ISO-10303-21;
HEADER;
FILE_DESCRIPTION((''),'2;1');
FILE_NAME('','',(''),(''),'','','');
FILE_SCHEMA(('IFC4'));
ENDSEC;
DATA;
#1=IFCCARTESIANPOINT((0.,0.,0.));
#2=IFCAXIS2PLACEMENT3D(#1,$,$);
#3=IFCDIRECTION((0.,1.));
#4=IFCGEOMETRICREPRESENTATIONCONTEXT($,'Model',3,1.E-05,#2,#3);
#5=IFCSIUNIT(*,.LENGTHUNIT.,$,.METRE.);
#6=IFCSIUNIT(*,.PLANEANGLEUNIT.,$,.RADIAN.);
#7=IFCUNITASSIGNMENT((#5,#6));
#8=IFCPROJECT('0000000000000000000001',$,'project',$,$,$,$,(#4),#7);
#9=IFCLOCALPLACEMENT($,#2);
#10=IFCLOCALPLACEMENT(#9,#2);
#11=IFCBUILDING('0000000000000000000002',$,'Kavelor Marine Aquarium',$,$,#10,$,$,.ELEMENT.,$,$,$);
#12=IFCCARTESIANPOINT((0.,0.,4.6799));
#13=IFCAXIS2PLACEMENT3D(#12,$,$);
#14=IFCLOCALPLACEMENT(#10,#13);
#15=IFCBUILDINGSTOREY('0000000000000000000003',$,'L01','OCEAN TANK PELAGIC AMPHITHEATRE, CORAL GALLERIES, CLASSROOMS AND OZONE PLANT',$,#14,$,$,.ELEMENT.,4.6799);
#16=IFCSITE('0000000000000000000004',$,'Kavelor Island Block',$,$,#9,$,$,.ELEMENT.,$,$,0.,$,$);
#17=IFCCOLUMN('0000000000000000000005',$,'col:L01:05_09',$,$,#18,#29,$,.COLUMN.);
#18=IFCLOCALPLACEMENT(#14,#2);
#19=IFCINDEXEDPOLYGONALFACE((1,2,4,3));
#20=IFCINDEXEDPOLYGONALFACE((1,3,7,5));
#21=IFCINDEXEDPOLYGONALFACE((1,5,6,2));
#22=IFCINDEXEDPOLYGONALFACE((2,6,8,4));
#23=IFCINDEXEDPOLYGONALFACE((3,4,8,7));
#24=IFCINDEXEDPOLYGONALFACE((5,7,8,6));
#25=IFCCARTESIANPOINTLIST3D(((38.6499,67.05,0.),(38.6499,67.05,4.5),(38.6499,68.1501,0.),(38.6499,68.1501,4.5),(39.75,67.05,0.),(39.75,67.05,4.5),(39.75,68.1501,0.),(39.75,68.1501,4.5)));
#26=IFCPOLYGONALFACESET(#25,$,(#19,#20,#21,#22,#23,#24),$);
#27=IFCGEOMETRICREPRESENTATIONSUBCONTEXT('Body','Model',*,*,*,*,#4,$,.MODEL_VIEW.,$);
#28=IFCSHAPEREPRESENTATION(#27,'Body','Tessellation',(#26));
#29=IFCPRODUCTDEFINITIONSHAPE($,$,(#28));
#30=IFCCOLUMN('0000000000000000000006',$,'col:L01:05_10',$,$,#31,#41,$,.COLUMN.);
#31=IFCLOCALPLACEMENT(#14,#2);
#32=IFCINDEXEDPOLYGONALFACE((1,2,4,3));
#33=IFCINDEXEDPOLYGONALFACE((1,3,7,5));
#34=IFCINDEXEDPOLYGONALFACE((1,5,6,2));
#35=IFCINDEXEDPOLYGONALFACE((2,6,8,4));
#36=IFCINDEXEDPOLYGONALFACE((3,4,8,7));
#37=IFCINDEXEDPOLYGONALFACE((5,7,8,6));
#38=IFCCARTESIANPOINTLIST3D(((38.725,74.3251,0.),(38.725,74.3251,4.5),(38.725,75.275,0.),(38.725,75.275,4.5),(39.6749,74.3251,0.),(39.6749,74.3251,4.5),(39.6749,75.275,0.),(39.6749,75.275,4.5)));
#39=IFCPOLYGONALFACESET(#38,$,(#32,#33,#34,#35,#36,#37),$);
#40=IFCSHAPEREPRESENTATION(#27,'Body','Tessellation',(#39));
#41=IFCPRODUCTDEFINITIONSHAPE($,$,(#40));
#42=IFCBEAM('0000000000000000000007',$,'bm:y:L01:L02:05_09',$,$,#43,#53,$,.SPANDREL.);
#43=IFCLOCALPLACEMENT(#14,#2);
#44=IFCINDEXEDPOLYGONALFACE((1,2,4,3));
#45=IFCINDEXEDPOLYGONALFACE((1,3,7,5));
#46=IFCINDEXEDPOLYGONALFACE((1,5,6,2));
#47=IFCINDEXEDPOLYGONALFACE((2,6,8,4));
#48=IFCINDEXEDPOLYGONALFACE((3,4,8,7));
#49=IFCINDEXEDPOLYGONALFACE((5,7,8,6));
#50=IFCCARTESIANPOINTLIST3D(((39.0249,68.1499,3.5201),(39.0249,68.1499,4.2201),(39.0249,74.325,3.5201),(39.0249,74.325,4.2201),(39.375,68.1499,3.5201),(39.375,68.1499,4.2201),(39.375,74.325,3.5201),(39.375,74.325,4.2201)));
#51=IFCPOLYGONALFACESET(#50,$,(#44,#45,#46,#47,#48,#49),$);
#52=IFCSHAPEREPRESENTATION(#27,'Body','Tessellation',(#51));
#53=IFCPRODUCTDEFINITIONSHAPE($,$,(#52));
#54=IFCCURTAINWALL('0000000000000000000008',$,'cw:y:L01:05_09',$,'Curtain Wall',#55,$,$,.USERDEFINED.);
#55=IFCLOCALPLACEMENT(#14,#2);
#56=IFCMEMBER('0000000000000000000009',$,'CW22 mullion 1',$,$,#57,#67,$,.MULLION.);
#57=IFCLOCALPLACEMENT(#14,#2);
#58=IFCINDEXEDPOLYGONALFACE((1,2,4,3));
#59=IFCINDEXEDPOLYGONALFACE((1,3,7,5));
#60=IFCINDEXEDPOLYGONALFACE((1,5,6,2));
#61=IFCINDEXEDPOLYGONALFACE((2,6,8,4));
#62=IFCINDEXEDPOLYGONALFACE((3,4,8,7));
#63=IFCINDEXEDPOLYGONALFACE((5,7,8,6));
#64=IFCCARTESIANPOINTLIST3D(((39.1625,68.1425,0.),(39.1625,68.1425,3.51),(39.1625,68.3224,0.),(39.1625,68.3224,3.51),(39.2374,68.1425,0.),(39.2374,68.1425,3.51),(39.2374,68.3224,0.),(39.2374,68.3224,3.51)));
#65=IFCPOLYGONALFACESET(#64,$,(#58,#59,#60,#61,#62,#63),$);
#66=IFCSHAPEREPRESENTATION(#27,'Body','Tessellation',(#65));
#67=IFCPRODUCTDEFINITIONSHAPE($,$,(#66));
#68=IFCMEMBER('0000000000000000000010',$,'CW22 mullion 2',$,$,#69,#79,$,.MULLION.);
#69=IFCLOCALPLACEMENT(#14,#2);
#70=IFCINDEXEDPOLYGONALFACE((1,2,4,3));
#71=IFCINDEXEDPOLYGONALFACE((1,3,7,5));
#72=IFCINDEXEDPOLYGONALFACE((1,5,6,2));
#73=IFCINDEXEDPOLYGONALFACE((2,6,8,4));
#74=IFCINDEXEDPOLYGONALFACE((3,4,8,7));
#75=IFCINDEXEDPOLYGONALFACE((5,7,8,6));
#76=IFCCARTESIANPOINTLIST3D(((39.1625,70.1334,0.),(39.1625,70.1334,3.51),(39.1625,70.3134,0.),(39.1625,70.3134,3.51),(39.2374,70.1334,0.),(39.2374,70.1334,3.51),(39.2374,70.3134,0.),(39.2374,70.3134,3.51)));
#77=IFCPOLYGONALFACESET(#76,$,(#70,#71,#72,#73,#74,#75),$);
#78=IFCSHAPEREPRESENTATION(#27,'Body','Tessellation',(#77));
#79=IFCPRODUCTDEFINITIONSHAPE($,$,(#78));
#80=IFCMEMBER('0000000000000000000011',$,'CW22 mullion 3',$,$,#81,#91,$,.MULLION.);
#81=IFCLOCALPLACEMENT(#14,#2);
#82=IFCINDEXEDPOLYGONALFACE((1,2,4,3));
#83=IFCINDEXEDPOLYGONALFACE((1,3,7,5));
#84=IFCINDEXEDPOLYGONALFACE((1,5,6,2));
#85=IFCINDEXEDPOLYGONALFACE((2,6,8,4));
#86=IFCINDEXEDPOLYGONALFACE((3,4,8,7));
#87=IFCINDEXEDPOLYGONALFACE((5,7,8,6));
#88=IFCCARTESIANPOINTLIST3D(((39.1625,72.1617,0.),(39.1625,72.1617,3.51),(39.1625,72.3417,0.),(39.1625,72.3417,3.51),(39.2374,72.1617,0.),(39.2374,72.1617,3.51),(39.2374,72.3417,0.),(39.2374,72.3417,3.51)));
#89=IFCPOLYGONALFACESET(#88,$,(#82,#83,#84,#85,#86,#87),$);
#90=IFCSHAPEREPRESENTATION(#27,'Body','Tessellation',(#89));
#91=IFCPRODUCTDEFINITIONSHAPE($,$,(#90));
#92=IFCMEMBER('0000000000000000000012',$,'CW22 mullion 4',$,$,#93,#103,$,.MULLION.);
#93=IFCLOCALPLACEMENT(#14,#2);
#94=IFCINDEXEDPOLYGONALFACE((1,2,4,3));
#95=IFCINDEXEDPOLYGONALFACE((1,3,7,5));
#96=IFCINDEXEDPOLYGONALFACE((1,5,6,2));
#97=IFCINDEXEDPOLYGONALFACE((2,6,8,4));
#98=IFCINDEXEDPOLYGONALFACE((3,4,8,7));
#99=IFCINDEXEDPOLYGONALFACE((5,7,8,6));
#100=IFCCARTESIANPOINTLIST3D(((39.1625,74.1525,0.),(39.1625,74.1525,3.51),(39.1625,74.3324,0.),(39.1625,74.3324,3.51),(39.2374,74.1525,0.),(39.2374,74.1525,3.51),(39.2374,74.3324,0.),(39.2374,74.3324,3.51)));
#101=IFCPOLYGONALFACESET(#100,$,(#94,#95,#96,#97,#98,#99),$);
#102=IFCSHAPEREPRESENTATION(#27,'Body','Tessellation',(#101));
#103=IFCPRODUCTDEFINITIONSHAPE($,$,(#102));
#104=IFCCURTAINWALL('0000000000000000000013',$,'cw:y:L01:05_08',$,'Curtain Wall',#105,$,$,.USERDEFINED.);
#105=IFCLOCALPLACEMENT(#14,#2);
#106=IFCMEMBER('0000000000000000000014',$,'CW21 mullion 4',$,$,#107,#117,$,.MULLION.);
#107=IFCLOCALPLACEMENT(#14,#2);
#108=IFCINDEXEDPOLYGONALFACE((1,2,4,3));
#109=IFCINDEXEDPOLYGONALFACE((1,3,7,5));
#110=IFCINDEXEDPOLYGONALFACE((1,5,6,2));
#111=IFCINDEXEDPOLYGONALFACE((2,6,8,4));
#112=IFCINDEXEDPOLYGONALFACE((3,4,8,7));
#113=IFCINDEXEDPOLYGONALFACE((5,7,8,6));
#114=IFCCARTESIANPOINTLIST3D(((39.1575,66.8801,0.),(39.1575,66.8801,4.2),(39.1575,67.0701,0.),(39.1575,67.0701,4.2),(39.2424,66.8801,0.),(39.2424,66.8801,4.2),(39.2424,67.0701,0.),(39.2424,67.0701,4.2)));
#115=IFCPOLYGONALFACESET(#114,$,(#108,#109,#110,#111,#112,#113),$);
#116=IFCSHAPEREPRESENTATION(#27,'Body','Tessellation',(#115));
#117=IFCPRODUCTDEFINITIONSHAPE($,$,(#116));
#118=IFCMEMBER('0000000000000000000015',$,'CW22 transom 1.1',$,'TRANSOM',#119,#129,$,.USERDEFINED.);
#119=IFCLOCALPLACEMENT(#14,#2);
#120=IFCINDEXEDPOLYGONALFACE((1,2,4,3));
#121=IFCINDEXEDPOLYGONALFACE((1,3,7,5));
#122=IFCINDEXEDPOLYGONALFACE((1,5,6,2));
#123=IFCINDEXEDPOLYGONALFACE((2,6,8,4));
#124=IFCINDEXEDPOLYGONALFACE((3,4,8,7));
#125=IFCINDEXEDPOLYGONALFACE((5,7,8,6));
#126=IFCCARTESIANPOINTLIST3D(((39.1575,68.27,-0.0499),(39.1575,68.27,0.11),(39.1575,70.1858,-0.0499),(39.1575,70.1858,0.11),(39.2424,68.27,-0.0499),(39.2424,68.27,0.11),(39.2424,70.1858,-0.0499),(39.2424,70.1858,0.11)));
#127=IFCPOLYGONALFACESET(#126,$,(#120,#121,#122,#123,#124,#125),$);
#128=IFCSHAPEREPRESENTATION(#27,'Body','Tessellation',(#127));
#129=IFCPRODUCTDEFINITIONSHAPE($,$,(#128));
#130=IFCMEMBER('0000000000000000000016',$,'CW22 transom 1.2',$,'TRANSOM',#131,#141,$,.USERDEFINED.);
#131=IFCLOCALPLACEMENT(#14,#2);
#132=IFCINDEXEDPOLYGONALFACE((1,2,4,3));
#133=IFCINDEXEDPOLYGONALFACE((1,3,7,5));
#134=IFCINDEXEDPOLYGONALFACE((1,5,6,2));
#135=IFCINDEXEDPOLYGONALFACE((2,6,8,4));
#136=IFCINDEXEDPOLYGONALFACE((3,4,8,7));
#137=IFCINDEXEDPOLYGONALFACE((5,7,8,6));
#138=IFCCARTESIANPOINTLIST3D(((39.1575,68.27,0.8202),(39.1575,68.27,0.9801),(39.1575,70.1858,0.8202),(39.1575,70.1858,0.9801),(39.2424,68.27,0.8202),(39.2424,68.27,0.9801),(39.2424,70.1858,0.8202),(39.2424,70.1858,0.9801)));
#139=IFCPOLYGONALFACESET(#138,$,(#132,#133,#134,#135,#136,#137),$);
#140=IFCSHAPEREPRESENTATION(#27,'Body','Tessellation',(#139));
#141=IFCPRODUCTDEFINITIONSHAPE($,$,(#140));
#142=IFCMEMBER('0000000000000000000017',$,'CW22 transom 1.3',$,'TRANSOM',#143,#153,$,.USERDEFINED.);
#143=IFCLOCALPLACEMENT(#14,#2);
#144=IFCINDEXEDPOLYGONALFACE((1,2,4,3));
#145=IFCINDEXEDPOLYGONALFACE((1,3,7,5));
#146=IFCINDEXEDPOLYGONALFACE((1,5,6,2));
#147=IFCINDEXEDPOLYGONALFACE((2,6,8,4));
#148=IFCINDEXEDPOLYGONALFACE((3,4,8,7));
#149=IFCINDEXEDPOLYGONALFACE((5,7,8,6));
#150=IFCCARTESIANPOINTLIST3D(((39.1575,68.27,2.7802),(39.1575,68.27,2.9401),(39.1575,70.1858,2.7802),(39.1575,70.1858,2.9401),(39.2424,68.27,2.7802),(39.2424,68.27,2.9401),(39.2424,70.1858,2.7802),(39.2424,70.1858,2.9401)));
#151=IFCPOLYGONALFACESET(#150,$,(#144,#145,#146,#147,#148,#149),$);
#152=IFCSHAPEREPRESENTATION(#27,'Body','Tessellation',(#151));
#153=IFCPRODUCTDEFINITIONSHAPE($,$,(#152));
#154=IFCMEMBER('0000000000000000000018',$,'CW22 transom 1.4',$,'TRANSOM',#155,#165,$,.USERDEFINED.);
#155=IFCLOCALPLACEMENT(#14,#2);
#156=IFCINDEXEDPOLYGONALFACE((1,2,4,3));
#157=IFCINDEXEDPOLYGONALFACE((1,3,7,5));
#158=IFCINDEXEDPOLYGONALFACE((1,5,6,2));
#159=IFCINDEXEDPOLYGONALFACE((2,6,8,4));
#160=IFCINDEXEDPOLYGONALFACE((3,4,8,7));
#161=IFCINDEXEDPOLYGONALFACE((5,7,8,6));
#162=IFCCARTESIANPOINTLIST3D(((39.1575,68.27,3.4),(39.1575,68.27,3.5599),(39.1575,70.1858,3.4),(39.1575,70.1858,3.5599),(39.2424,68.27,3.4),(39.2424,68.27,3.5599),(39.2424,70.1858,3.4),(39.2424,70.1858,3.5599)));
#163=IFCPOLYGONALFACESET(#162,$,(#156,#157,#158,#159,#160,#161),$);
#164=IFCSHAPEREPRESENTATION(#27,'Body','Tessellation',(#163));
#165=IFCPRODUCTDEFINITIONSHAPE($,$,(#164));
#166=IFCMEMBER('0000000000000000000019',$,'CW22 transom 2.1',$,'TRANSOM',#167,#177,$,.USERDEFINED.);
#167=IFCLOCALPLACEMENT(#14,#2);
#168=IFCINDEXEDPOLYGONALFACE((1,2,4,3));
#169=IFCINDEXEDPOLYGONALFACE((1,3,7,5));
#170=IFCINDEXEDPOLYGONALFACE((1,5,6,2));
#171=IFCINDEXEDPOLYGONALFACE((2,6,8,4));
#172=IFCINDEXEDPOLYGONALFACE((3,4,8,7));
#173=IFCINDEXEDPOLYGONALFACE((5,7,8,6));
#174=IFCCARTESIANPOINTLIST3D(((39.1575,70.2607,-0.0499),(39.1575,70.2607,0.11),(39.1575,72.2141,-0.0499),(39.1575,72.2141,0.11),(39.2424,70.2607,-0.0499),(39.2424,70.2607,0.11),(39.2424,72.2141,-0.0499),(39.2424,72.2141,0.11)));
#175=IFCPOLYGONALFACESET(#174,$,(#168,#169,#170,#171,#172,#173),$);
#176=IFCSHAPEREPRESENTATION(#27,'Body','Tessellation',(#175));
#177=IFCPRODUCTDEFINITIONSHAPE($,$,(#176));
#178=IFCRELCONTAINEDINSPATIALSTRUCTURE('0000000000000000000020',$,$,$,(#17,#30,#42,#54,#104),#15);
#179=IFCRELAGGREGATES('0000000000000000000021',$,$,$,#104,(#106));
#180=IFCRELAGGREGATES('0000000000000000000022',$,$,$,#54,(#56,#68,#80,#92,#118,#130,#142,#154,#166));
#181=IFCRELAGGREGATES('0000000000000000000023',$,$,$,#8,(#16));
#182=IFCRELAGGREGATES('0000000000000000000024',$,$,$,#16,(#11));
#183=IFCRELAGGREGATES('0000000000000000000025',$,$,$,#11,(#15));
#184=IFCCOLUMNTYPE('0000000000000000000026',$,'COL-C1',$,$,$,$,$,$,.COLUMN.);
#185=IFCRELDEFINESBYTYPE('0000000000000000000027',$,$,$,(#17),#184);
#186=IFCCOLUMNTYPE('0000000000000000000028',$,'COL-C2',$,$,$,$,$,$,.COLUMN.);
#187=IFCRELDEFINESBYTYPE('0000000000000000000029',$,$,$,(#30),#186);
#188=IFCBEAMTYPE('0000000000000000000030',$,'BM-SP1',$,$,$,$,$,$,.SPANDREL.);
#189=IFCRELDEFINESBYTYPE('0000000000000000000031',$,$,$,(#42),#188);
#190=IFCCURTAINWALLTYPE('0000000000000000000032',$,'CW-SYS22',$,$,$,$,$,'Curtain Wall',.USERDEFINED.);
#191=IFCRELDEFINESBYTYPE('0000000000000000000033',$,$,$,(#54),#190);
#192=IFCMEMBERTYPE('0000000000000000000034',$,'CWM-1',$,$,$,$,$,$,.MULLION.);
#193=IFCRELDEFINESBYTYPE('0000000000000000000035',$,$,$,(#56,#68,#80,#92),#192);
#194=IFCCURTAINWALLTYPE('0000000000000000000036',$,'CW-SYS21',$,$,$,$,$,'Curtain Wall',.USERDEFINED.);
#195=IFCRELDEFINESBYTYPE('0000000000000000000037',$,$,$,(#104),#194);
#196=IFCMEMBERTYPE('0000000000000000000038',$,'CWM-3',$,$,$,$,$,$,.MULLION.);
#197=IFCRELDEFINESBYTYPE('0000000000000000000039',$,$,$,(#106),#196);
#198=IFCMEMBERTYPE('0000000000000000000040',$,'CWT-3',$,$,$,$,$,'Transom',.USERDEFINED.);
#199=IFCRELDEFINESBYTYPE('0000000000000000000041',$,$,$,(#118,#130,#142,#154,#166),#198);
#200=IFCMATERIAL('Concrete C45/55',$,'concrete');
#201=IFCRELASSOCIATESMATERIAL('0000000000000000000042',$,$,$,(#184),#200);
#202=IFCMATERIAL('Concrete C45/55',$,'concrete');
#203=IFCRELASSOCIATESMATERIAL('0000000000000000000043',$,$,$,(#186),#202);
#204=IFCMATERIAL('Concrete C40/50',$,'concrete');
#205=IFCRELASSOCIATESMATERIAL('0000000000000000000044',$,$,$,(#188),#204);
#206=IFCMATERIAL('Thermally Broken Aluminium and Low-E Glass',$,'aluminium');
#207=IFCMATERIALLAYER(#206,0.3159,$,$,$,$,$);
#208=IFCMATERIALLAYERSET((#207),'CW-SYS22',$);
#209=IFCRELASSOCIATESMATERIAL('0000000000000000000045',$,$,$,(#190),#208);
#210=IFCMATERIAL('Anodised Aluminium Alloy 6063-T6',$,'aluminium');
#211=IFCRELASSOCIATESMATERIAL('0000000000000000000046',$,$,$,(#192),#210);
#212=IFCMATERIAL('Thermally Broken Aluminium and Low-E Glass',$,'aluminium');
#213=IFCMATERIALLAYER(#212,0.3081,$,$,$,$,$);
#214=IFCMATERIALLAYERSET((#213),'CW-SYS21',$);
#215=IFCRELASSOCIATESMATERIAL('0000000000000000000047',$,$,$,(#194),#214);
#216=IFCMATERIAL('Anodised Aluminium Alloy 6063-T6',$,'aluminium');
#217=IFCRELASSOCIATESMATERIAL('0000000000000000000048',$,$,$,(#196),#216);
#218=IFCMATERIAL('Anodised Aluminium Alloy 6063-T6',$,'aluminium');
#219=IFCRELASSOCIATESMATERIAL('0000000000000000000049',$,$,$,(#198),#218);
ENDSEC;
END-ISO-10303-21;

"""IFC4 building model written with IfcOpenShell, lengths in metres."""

from ifc_helpers import new_model, si_unit, direction, frame, origin, origin_2d, place, context, subcontext, project, spatial, rectangle, extrude, material, layer, layer_set, material_profile, profile_set, type_object, element, aggregate, save


model = new_model("IFC4")

# Units and contexts
model_context = context("Model", 3, precision=1e-05, world=origin(), true_north=direction((0.0, 1.0)))
body_context = subcontext(model_context, "Body", "Model", "MODEL_VIEW")
ifc_project = project(units=[si_unit("LENGTHUNIT", "METRE"), si_unit("PLANEANGLEUNIT", "RADIAN")], contexts=[model_context])

# Site, building, storey
site_placement = place(None, origin())
site = spatial("IfcSite", under=ifc_project, at=site_placement, Name="Kavelor Island Block", CompositionType="ELEMENT", RefElevation=0.0)
building_placement = place(site_placement, origin())
building = spatial("IfcBuilding", under=site, at=building_placement, Name="Kavelor Marine Aquarium", CompositionType="ELEMENT")
storey_placement = place(building_placement, frame((0.0, 0.0, 4.6799)))
storey = spatial("IfcBuildingStorey", under=building, at=storey_placement, Name="L01", Description="OCEAN TANK PELAGIC AMPHITHEATRE, CORAL GALLERIES, CLASSROOMS AND OZONE PLANT", CompositionType="ELEMENT", Elevation=4.6799)

# Columns
ifc_material_1 = material(Name="Concrete C45/55", Category="concrete")
ifc_material_profile_1 = material_profile(ifc_material_1, rectangle(XDim=1.1001, YDim=1.1001, at=origin_2d()), Name="RC-COL 1100x1100")
ifc_profile_set_1 = profile_set([ifc_material_profile_1], Name="Concrete C45/55")
column_type_1 = type_object("IfcColumnType", Name="COL-C1", PredefinedType="COLUMN", material=ifc_profile_set_1)
column_1_placement = place(storey_placement, frame((39.2, 67.6001, 0.0), z_axis=(0.0, 0.0, 1.0), x_axis=(1.0, 0.0, 0.0)))
element("IfcColumn", 1, at=column_1_placement, inside=storey, type_object=column_type_1, Name="col:L01:05_09", PredefinedType="COLUMN", context=body_context, shape_type="SweptSolid", body=[
    extrude(rectangle(XDim=1.1001, YDim=1.1001, at=origin_2d()), origin(), (0.0, 0.0, 1.0), 4.5),
])
ifc_material_2 = material(Name="Concrete C45/55", Category="concrete")
ifc_material_profile_2 = material_profile(ifc_material_2, rectangle(XDim=0.95, YDim=0.95, at=origin_2d()), Name="RC-COL 950x950")
ifc_profile_set_2 = profile_set([ifc_material_profile_2], Name="Concrete C45/55")
column_type_2 = type_object("IfcColumnType", Name="COL-C2", PredefinedType="COLUMN", material=ifc_profile_set_2)
column_2_placement = place(storey_placement, frame((39.2, 74.8, 0.0), z_axis=(0.0, 0.0, 1.0), x_axis=(1.0, 0.0, 0.0)))
element("IfcColumn", 2, at=column_2_placement, inside=storey, type_object=column_type_2, Name="col:L01:05_10", PredefinedType="COLUMN", context=body_context, shape_type="SweptSolid", body=[
    extrude(rectangle(XDim=0.95, YDim=0.95, at=origin_2d()), origin(), (0.0, 0.0, 1.0), 4.5),
])

# Beam
ifc_material_3 = material(Name="Concrete C40/50", Category="concrete")
ifc_material_profile_3 = material_profile(ifc_material_3, rectangle(XDim=0.3501, YDim=0.7, at=origin_2d()), Name="RC-SP 350x700")
ifc_profile_set_3 = profile_set([ifc_material_profile_3], Name="Concrete C40/50")
beam_type = type_object("IfcBeamType", Name="BM-SP1", PredefinedType="SPANDREL", material=ifc_profile_set_3)
beam_placement = place(storey_placement, frame((39.2, 68.1499, 3.8701), z_axis=(0.0, 1.0, 0.0), x_axis=(-1.0, 0.0, 0.0)))
element("IfcBeam", 3, at=beam_placement, inside=storey, type_object=beam_type, Name="bm:y:L01:L02:05_09", PredefinedType="SPANDREL", context=body_context, shape_type="SweptSolid", body=[
    extrude(rectangle(XDim=0.3501, YDim=0.7, at=origin_2d()), origin(), (0.0, 0.0, 1.0), 6.175),
])

# Curtain wall, members
ifc_material_4 = material(Name="Thermally Broken Aluminium and Low-E Glass", Category="aluminium")
ifc_layer_1 = layer(ifc_material_4, 0.3159)
ifc_layer_set_1 = layer_set([ifc_layer_1], Name="CW-SYS22")
curtain_wall_type_1 = type_object("IfcCurtainWallType", Name="CW-SYS22", ElementType="Curtain Wall", PredefinedType="USERDEFINED", material=ifc_layer_set_1)
curtain_wall_1_placement = place(storey_placement, origin())
curtain_wall_1 = element("IfcCurtainWall", 4, at=curtain_wall_1_placement, inside=storey, type_object=curtain_wall_type_1, Name="cw:y:L01:05_09", ObjectType="Curtain Wall", PredefinedType="USERDEFINED")
ifc_material_5 = material(Name="Anodised Aluminium Alloy 6063-T6", Category="aluminium")
ifc_material_profile_4 = material_profile(ifc_material_5, rectangle(XDim=0.075, YDim=0.1799, at=origin_2d()), Name="CW-MUL 75x180")
ifc_profile_set_4 = profile_set([ifc_material_profile_4], Name="Anodised Aluminium Alloy 6063-T6")
member_type_1 = type_object("IfcMemberType", Name="CWM-1", PredefinedType="MULLION", material=ifc_profile_set_4)
member_1_placement = place(storey_placement, frame((39.2, 68.2324, 0.0), z_axis=(0.0, 0.0, 1.0), x_axis=(-1.0, 0.0, 0.0)))
member_1 = element("IfcMember", 5, at=member_1_placement, type_object=member_type_1, Name="CW22 mullion 1", PredefinedType="MULLION", context=body_context, shape_type="SweptSolid", body=[
    extrude(rectangle(XDim=0.075, YDim=0.1799, at=origin_2d()), origin(), (0.0, 0.0, 1.0), 3.51),
])
member_2_placement = place(storey_placement, frame((39.2, 70.2234, 0.0), z_axis=(0.0, 0.0, 1.0), x_axis=(-1.0, 0.0, 0.0)))
member_2 = element("IfcMember", 6, at=member_2_placement, type_object=member_type_1, Name="CW22 mullion 2", PredefinedType="MULLION", context=body_context, shape_type="SweptSolid", body=[
    extrude(rectangle(XDim=0.075, YDim=0.1799, at=origin_2d()), origin(), (0.0, 0.0, 1.0), 3.51),
])
member_3_placement = place(storey_placement, frame((39.2, 72.2517, 0.0), z_axis=(0.0, 0.0, 1.0), x_axis=(-1.0, 0.0, 0.0)))
member_3 = element("IfcMember", 7, at=member_3_placement, type_object=member_type_1, Name="CW22 mullion 3", PredefinedType="MULLION", context=body_context, shape_type="SweptSolid", body=[
    extrude(rectangle(XDim=0.075, YDim=0.1799, at=origin_2d()), origin(), (0.0, 0.0, 1.0), 3.51),
])
member_4_placement = place(storey_placement, frame((39.2, 74.2424, 0.0), z_axis=(0.0, 0.0, 1.0), x_axis=(-1.0, 0.0, 0.0)))
member_4 = element("IfcMember", 8, at=member_4_placement, type_object=member_type_1, Name="CW22 mullion 4", PredefinedType="MULLION", context=body_context, shape_type="SweptSolid", body=[
    extrude(rectangle(XDim=0.075, YDim=0.1799, at=origin_2d()), origin(), (0.0, 0.0, 1.0), 3.51),
])

# Curtain wall, member
ifc_material_6 = material(Name="Thermally Broken Aluminium and Low-E Glass", Category="aluminium")
ifc_layer_2 = layer(ifc_material_6, 0.3081)
ifc_layer_set_2 = layer_set([ifc_layer_2], Name="CW-SYS21")
curtain_wall_type_2 = type_object("IfcCurtainWallType", Name="CW-SYS21", ElementType="Curtain Wall", PredefinedType="USERDEFINED", material=ifc_layer_set_2)
curtain_wall_2_placement = place(storey_placement, origin())
curtain_wall_2 = element("IfcCurtainWall", 9, at=curtain_wall_2_placement, inside=storey, type_object=curtain_wall_type_2, Name="cw:y:L01:05_08", ObjectType="Curtain Wall", PredefinedType="USERDEFINED")
ifc_material_7 = material(Name="Anodised Aluminium Alloy 6063-T6", Category="aluminium")
ifc_material_profile_5 = material_profile(ifc_material_7, rectangle(XDim=0.085, YDim=0.1899, at=origin_2d()), Name="CW-MUL 85x190")
ifc_profile_set_5 = profile_set([ifc_material_profile_5], Name="Anodised Aluminium Alloy 6063-T6")
member_type_2 = type_object("IfcMemberType", Name="CWM-3", PredefinedType="MULLION", material=ifc_profile_set_5)
member_5_placement = place(storey_placement, frame((39.2, 66.9751, 0.0), z_axis=(0.0, 0.0, 1.0), x_axis=(-1.0, 0.0, 0.0)))
member_5 = element("IfcMember", 10, at=member_5_placement, type_object=member_type_2, Name="CW21 mullion 4", PredefinedType="MULLION", context=body_context, shape_type="SweptSolid", body=[
    extrude(rectangle(XDim=0.085, YDim=0.1899, at=origin_2d()), origin(), (0.0, 0.0, 1.0), 4.2),
])
aggregate(curtain_wall_2, [member_5])

# Members
ifc_material_8 = material(Name="Anodised Aluminium Alloy 6063-T6", Category="aluminium")
ifc_material_profile_6 = material_profile(ifc_material_8, rectangle(XDim=0.085, YDim=0.1599, at=origin_2d()), Name="CW-TRN 85x160")
ifc_profile_set_6 = profile_set([ifc_material_profile_6], Name="Anodised Aluminium Alloy 6063-T6")
member_type_3 = type_object("IfcMemberType", Name="CWT-3", ElementType="Transom", PredefinedType="USERDEFINED", material=ifc_profile_set_6)
member_6_placement = place(storey_placement, frame((39.2, 68.27, 0.03), z_axis=(0.0, 1.0, 0.0), x_axis=(-1.0, 0.0, 0.0)))
member_6 = element("IfcMember", 11, at=member_6_placement, type_object=member_type_3, Name="CW22 transom 1.1", ObjectType="TRANSOM", PredefinedType="USERDEFINED", context=body_context, shape_type="SweptSolid", body=[
    extrude(rectangle(XDim=0.085, YDim=0.1599, at=origin_2d()), origin(), (0.0, 0.0, 1.0), 1.9158),
])
member_7_placement = place(storey_placement, frame((39.2, 68.27, 0.9001), z_axis=(0.0, 1.0, 0.0), x_axis=(-1.0, 0.0, 0.0)))
member_7 = element("IfcMember", 12, at=member_7_placement, type_object=member_type_3, Name="CW22 transom 1.2", ObjectType="TRANSOM", PredefinedType="USERDEFINED", context=body_context, shape_type="SweptSolid", body=[
    extrude(rectangle(XDim=0.085, YDim=0.1599, at=origin_2d()), origin(), (0.0, 0.0, 1.0), 1.9158),
])
member_8_placement = place(storey_placement, frame((39.2, 68.27, 2.8601), z_axis=(0.0, 1.0, 0.0), x_axis=(-1.0, 0.0, 0.0)))
member_8 = element("IfcMember", 13, at=member_8_placement, type_object=member_type_3, Name="CW22 transom 1.3", ObjectType="TRANSOM", PredefinedType="USERDEFINED", context=body_context, shape_type="SweptSolid", body=[
    extrude(rectangle(XDim=0.085, YDim=0.1599, at=origin_2d()), origin(), (0.0, 0.0, 1.0), 1.9158),
])
member_9_placement = place(storey_placement, frame((39.2, 68.27, 3.48), z_axis=(0.0, 1.0, 0.0), x_axis=(-1.0, 0.0, 0.0)))
member_9 = element("IfcMember", 14, at=member_9_placement, type_object=member_type_3, Name="CW22 transom 1.4", ObjectType="TRANSOM", PredefinedType="USERDEFINED", context=body_context, shape_type="SweptSolid", body=[
    extrude(rectangle(XDim=0.085, YDim=0.1599, at=origin_2d()), origin(), (0.0, 0.0, 1.0), 1.9158),
])
member_10_placement = place(storey_placement, frame((39.2, 70.2607, 0.03), z_axis=(0.0, 1.0, 0.0), x_axis=(-1.0, 0.0, 0.0)))
member_10 = element("IfcMember", 15, at=member_10_placement, type_object=member_type_3, Name="CW22 transom 2.1", ObjectType="TRANSOM", PredefinedType="USERDEFINED", context=body_context, shape_type="SweptSolid", body=[
    extrude(rectangle(XDim=0.085, YDim=0.1599, at=origin_2d()), origin(), (0.0, 0.0, 1.0), 1.9534),
])

aggregate(curtain_wall_1, [member_1, member_2, member_3, member_4, member_6, member_7, member_8, member_9, member_10])

save(model, "model.ifc")
